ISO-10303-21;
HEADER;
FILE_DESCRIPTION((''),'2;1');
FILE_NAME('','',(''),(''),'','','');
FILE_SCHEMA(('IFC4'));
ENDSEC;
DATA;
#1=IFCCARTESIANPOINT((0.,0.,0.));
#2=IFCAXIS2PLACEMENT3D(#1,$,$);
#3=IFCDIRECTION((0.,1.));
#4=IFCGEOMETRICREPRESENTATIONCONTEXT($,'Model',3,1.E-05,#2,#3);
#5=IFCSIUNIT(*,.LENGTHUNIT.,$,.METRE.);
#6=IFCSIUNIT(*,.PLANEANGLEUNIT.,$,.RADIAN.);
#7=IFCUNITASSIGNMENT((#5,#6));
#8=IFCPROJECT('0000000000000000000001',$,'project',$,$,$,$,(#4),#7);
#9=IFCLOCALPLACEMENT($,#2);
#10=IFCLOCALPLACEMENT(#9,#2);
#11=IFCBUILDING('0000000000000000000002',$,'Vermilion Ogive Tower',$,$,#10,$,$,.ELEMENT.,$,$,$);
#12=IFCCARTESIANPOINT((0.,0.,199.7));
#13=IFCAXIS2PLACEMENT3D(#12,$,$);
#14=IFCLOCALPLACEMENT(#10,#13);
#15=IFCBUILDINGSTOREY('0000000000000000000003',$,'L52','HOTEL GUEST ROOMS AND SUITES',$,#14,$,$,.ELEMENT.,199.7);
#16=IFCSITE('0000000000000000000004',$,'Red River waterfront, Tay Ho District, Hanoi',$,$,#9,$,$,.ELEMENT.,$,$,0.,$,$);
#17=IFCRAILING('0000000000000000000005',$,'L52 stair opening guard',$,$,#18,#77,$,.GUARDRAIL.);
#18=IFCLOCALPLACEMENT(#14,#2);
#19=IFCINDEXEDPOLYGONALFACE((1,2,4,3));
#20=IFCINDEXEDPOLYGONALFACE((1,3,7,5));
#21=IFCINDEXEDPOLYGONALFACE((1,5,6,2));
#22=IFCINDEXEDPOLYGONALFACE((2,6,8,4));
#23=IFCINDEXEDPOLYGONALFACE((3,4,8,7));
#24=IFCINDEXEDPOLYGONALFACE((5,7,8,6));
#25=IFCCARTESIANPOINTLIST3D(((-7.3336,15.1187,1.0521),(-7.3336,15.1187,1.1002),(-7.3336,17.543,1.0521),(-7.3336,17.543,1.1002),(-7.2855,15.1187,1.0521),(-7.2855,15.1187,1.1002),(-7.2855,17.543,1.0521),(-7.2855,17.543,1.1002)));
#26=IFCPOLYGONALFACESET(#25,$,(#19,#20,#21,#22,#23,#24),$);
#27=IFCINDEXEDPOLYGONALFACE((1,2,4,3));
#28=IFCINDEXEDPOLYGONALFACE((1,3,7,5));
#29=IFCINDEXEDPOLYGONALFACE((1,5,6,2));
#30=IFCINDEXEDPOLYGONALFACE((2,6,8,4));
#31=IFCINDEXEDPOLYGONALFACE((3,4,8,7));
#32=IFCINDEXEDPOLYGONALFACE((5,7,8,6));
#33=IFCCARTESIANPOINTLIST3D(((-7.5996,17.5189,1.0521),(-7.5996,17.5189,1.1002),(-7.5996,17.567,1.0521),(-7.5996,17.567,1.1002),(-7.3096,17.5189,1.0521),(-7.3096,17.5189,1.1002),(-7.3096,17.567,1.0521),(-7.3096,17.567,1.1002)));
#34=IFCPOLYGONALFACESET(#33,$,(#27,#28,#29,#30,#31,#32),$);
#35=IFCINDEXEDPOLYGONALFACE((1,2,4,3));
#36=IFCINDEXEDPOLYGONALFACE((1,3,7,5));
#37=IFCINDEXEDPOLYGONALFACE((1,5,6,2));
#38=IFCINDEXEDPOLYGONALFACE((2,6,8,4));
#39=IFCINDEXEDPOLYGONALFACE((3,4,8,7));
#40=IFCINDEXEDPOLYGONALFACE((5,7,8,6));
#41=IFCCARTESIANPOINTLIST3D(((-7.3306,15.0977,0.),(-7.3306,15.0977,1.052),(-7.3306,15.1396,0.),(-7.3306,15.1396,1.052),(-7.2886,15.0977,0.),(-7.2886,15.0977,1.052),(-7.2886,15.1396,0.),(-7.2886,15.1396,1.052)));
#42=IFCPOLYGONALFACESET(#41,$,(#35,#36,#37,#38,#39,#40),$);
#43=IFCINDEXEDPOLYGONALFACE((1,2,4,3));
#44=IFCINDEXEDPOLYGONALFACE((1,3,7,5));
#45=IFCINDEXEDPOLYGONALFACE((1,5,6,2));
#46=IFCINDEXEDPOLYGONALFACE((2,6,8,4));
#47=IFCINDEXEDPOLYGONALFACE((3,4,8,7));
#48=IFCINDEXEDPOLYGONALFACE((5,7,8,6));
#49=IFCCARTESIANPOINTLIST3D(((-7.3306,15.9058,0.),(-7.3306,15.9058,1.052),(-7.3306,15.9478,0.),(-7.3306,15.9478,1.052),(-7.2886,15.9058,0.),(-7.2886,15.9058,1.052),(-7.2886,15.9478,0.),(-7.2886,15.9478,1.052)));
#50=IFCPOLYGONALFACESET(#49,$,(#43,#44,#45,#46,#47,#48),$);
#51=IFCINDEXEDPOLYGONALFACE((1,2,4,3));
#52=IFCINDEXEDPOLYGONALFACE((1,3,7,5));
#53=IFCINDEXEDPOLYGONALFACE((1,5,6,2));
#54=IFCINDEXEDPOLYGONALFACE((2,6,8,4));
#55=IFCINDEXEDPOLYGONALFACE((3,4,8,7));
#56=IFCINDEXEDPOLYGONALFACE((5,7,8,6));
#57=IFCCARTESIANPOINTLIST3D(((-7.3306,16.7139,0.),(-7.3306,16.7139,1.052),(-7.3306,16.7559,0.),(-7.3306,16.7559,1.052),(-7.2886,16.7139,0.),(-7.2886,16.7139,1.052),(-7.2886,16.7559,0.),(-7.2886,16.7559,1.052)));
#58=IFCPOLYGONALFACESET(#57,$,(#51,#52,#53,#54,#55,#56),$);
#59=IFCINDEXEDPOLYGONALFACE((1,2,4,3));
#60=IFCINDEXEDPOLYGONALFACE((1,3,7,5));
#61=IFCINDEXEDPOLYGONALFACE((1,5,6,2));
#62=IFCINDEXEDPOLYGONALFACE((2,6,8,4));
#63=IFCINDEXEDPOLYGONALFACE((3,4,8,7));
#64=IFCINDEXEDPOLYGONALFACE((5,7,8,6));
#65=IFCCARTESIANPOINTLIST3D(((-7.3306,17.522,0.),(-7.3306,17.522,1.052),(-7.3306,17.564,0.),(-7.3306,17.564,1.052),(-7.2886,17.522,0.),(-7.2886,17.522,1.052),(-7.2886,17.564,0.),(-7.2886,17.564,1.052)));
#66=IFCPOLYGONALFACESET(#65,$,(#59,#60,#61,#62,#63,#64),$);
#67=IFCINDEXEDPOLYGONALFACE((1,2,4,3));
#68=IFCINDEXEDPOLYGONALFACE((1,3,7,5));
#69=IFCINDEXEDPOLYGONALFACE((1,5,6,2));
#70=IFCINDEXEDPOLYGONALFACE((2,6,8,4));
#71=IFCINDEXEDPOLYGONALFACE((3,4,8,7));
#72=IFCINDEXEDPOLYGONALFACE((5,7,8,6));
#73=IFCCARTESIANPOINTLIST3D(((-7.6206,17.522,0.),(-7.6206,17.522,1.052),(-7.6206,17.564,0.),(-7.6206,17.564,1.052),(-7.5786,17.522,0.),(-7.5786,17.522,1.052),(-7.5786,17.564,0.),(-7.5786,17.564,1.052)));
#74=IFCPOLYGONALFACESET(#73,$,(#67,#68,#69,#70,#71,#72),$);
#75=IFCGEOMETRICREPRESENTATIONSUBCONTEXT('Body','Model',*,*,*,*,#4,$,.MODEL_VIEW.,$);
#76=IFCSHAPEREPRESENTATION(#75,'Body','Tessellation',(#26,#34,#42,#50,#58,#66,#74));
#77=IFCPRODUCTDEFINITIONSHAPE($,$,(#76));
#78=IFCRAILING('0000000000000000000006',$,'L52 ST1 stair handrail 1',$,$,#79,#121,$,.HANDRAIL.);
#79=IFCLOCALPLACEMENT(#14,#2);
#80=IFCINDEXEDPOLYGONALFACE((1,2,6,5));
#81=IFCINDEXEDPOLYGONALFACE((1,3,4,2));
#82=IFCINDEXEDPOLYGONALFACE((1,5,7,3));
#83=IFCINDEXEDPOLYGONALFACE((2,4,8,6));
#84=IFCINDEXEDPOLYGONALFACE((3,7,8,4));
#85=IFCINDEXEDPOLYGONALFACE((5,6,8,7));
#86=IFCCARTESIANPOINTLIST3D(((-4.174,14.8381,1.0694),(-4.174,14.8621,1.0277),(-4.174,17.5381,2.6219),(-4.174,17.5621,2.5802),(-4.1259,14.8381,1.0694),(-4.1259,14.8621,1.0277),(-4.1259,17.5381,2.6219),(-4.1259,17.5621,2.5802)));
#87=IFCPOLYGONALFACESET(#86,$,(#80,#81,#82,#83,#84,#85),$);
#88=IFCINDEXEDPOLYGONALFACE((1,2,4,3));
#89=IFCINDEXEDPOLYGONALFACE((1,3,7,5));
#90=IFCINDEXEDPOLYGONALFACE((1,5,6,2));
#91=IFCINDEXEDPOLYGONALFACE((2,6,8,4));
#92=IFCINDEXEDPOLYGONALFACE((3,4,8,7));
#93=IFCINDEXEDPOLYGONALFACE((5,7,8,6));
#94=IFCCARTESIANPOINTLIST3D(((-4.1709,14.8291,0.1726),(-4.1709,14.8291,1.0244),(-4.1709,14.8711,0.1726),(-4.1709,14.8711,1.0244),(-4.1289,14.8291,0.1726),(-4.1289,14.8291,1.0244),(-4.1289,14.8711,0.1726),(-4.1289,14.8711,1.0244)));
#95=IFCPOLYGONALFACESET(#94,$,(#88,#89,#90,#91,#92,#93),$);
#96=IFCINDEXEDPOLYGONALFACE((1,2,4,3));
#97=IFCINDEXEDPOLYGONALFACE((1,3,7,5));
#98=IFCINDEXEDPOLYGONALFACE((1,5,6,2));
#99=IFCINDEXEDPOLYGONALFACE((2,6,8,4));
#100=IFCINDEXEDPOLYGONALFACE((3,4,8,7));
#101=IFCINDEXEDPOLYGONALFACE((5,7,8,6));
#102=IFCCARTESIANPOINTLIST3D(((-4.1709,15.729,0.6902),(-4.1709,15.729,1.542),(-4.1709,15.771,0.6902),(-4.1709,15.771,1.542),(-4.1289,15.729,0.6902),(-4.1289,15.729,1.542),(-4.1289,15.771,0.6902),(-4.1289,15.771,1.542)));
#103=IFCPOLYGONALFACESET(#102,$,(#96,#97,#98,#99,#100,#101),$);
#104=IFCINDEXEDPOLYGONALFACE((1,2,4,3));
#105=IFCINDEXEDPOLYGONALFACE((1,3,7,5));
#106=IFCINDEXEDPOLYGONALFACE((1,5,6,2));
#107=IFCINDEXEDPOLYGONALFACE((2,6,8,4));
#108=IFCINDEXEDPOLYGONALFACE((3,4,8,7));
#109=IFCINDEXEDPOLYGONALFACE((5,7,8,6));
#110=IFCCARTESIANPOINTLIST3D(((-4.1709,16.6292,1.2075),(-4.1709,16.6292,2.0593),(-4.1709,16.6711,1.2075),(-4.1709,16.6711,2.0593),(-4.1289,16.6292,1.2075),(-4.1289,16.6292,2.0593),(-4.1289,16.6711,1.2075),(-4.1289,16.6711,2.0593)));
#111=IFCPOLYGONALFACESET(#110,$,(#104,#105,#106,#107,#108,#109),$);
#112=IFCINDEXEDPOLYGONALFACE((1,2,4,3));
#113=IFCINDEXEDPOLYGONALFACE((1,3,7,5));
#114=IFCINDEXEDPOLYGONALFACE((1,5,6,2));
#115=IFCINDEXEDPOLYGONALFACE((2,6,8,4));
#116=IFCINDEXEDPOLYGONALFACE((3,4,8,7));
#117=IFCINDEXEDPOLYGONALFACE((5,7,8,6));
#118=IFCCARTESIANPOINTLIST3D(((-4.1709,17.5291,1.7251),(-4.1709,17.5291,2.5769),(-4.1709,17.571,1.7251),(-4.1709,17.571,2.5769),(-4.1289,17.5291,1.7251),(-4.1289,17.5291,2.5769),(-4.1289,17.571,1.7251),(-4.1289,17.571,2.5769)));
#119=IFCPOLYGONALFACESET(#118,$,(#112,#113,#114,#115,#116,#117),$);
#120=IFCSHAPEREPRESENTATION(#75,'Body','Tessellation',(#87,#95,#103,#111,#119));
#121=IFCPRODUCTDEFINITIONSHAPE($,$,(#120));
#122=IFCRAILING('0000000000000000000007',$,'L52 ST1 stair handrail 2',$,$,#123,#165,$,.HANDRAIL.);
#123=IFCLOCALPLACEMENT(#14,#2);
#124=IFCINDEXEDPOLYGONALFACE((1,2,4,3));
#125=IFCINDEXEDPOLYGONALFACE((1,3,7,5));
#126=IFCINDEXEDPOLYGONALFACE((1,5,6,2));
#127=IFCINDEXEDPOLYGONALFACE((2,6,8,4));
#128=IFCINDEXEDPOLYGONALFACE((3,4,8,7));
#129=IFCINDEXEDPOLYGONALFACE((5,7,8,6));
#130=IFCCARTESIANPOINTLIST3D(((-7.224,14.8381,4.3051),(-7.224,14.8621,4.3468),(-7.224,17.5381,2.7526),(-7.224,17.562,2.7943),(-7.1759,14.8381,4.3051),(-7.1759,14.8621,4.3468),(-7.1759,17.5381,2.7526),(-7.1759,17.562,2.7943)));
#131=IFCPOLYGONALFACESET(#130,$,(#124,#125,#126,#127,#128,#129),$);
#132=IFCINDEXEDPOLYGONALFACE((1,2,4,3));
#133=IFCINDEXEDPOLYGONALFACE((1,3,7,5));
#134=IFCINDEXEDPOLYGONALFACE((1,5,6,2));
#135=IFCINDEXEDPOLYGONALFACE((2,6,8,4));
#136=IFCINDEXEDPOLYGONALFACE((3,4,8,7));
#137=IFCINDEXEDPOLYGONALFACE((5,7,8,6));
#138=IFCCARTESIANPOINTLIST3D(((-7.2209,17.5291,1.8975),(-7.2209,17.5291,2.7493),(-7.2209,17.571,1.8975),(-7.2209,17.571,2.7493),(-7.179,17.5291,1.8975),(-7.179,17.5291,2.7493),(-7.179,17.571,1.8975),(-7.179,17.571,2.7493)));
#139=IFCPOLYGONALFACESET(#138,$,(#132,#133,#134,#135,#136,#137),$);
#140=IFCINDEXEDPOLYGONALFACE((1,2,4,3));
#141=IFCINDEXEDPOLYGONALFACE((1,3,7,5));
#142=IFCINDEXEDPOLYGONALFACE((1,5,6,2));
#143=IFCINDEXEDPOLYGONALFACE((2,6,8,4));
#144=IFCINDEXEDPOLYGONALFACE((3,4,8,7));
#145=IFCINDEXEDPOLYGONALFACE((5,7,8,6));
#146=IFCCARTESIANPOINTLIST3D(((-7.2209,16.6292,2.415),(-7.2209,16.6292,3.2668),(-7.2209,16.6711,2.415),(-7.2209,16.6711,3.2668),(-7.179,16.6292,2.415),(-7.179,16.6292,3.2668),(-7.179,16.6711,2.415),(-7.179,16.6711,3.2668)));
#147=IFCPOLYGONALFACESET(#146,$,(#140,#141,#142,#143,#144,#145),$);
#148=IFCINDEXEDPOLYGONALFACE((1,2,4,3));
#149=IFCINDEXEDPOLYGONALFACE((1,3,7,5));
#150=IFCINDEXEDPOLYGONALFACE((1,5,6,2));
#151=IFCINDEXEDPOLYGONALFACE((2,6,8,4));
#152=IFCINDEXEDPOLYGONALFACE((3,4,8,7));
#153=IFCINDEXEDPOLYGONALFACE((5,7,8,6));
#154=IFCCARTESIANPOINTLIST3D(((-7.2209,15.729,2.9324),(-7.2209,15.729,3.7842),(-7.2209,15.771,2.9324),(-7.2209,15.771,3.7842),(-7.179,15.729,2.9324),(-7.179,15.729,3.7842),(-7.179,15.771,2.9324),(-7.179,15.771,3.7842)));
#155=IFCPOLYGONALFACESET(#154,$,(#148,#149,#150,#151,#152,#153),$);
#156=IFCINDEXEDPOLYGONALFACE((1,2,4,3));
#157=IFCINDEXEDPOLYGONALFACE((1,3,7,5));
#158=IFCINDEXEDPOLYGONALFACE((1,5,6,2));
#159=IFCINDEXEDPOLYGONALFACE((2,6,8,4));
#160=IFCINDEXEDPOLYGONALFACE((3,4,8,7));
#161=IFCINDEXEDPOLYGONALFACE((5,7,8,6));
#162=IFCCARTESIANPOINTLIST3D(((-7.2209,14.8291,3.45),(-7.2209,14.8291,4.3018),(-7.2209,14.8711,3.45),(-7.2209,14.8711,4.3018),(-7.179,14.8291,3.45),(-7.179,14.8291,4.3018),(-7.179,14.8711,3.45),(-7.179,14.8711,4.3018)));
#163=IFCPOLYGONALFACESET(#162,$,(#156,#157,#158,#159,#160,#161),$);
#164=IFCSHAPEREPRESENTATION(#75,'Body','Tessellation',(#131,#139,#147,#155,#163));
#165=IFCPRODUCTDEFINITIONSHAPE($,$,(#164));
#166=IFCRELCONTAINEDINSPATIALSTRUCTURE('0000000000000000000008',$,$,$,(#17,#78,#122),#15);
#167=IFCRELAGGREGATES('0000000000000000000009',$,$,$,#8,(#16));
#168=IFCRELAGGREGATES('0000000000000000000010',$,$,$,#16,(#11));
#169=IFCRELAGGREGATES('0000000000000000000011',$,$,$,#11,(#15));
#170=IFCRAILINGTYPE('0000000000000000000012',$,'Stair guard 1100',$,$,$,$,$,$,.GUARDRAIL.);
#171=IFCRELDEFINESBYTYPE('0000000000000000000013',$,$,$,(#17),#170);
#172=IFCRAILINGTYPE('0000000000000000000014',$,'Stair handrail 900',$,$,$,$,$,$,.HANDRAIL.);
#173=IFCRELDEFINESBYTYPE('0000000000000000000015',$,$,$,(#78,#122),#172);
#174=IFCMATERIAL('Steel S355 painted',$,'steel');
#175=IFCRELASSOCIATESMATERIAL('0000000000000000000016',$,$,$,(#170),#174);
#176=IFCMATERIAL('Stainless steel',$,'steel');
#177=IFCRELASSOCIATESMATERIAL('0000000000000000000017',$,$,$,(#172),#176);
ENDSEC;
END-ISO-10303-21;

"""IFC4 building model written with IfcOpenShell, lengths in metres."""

from ifc_helpers import new_model, si_unit, direction, frame, origin, origin_2d, place, context, subcontext, project, spatial, rectangle, extrude, material, type_object, element, save


model = new_model("IFC4")

# Units and contexts
model_context = context("Model", 3, precision=1e-05, world=origin(), true_north=direction((0.0, 1.0)))
body_context = subcontext(model_context, "Body", "Model", "MODEL_VIEW")
ifc_project = project(units=[si_unit("LENGTHUNIT", "METRE"), si_unit("PLANEANGLEUNIT", "RADIAN")], contexts=[model_context])

# Site, building, storey
site_placement = place(None, origin())
site = spatial("IfcSite", under=ifc_project, at=site_placement, Name="Red River waterfront, Tay Ho District, Hanoi", CompositionType="ELEMENT", RefElevation=0.0)
building_placement = place(site_placement, origin())
building = spatial("IfcBuilding", under=site, at=building_placement, Name="Vermilion Ogive Tower", CompositionType="ELEMENT")
storey_placement = place(building_placement, frame((0.0, 0.0, 199.7)))
storey = spatial("IfcBuildingStorey", under=building, at=storey_placement, Name="L52", Description="HOTEL GUEST ROOMS AND SUITES", CompositionType="ELEMENT", Elevation=199.7)

# Railings
ifc_material_1 = material(Name="Steel S355 painted", Category="steel")
railing_type_1 = type_object("IfcRailingType", Name="Stair guard 1100", PredefinedType="GUARDRAIL", material=ifc_material_1)
railing_1_placement = place(storey_placement, frame((-7.3096, 15.1187, 0.0)))
element("IfcRailing", 1, at=railing_1_placement, inside=storey, type_object=railing_type_1, Name="L52 stair opening guard", PredefinedType="GUARDRAIL", context=body_context, shape_type="SweptSolid", body=[
    extrude(rectangle(XDim=0.0481, YDim=0.0481, at=origin_2d()), frame((0.0, 0.0, 1.0762), z_axis=(0.0, 1.0, 0.0), x_axis=(-1.0, 0.0, 0.0)), (0.0, 0.0, 1.0), 2.4243),
    extrude(rectangle(XDim=0.0481, YDim=0.0481, at=origin_2d()), frame((0.0, 2.4243, 1.0762), z_axis=(-1.0, 0.0, 0.0), x_axis=(0.0, -1.0, 0.0)), (0.0, 0.0, 1.0), 0.29),
    extrude(rectangle(XDim=0.042, YDim=0.042, at=origin_2d()), origin(), (0.0, 0.0, 1.0), 1.052),
    extrude(rectangle(XDim=0.042, YDim=0.042, at=origin_2d()), frame((0.0, 0.8081, 0.0)), (0.0, 0.0, 1.0), 1.052),
    extrude(rectangle(XDim=0.042, YDim=0.042, at=origin_2d()), frame((0.0, 1.6162, 0.0)), (0.0, 0.0, 1.0), 1.052),
    extrude(rectangle(XDim=0.042, YDim=0.042, at=origin_2d()), frame((0.0, 2.4243, 0.0)), (0.0, 0.0, 1.0), 1.052),
    extrude(rectangle(XDim=0.042, YDim=0.042, at=origin_2d()), frame((-0.29, 2.4243, 0.0)), (0.0, 0.0, 1.0), 1.052),
])
ifc_material_2 = material(Name="Stainless steel", Category="steel")
railing_type_2 = type_object("IfcRailingType", Name="Stair handrail 900", PredefinedType="HANDRAIL", material=ifc_material_2)
railing_2_placement = place(storey_placement, frame((-4.1499, 14.8501, 0.1726)))
element("IfcRailing", 2, at=railing_2_placement, inside=storey, type_object=railing_type_2, Name="L52 ST1 stair handrail 1", PredefinedType="HANDRAIL", context=body_context, shape_type="SweptSolid", body=[
    extrude(rectangle(XDim=0.0481, YDim=0.0481, at=origin_2d()), frame((0.0, 0.0, 0.876), z_axis=(0.0, 0.866904, 0.498476), x_axis=(-1.0, 0.0, 0.0)), (0.0, 0.0, 1.0), 3.1145),
    extrude(rectangle(XDim=0.042, YDim=0.042, at=origin_2d()), origin(), (0.0, 0.0, 1.0), 0.8518),
    extrude(rectangle(XDim=0.042, YDim=0.042, at=origin_2d()), frame((0.0, 0.8999, 0.5176)), (0.0, 0.0, 1.0), 0.8518),
    extrude(rectangle(XDim=0.042, YDim=0.042, at=origin_2d()), frame((0.0, 1.8, 1.0349)), (0.0, 0.0, 1.0), 0.8518),
    extrude(rectangle(XDim=0.042, YDim=0.042, at=origin_2d()), frame((0.0, 2.7, 1.5525)), (0.0, 0.0, 1.0), 0.8518),
])
railing_3_placement = place(storey_placement, frame((-7.2, 17.55, 1.8975)))
element("IfcRailing", 3, at=railing_3_placement, inside=storey, type_object=railing_type_2, Name="L52 ST1 stair handrail 2", PredefinedType="HANDRAIL", context=body_context, shape_type="SweptSolid", body=[
    extrude(rectangle(XDim=0.0481, YDim=0.0481, at=origin_2d()), frame((0.0, 0.0, 0.876), z_axis=(0.0, -0.866904, 0.498476), x_axis=(1.0, 0.0, 0.0)), (0.0, 0.0, 1.0), 3.1145),
    extrude(rectangle(XDim=0.042, YDim=0.042, at=origin_2d()), origin(), (0.0, 0.0, 1.0), 0.8518),
    extrude(rectangle(XDim=0.042, YDim=0.042, at=origin_2d()), frame((0.0, -0.8999, 0.5176)), (0.0, 0.0, 1.0), 0.8518),
    extrude(rectangle(XDim=0.042, YDim=0.042, at=origin_2d()), frame((0.0, -1.8, 1.0349)), (0.0, 0.0, 1.0), 0.8518),
    extrude(rectangle(XDim=0.042, YDim=0.042, at=origin_2d()), frame((0.0, -2.7, 1.5525)), (0.0, 0.0, 1.0), 0.8518),
])

save(model, "model.ifc")
